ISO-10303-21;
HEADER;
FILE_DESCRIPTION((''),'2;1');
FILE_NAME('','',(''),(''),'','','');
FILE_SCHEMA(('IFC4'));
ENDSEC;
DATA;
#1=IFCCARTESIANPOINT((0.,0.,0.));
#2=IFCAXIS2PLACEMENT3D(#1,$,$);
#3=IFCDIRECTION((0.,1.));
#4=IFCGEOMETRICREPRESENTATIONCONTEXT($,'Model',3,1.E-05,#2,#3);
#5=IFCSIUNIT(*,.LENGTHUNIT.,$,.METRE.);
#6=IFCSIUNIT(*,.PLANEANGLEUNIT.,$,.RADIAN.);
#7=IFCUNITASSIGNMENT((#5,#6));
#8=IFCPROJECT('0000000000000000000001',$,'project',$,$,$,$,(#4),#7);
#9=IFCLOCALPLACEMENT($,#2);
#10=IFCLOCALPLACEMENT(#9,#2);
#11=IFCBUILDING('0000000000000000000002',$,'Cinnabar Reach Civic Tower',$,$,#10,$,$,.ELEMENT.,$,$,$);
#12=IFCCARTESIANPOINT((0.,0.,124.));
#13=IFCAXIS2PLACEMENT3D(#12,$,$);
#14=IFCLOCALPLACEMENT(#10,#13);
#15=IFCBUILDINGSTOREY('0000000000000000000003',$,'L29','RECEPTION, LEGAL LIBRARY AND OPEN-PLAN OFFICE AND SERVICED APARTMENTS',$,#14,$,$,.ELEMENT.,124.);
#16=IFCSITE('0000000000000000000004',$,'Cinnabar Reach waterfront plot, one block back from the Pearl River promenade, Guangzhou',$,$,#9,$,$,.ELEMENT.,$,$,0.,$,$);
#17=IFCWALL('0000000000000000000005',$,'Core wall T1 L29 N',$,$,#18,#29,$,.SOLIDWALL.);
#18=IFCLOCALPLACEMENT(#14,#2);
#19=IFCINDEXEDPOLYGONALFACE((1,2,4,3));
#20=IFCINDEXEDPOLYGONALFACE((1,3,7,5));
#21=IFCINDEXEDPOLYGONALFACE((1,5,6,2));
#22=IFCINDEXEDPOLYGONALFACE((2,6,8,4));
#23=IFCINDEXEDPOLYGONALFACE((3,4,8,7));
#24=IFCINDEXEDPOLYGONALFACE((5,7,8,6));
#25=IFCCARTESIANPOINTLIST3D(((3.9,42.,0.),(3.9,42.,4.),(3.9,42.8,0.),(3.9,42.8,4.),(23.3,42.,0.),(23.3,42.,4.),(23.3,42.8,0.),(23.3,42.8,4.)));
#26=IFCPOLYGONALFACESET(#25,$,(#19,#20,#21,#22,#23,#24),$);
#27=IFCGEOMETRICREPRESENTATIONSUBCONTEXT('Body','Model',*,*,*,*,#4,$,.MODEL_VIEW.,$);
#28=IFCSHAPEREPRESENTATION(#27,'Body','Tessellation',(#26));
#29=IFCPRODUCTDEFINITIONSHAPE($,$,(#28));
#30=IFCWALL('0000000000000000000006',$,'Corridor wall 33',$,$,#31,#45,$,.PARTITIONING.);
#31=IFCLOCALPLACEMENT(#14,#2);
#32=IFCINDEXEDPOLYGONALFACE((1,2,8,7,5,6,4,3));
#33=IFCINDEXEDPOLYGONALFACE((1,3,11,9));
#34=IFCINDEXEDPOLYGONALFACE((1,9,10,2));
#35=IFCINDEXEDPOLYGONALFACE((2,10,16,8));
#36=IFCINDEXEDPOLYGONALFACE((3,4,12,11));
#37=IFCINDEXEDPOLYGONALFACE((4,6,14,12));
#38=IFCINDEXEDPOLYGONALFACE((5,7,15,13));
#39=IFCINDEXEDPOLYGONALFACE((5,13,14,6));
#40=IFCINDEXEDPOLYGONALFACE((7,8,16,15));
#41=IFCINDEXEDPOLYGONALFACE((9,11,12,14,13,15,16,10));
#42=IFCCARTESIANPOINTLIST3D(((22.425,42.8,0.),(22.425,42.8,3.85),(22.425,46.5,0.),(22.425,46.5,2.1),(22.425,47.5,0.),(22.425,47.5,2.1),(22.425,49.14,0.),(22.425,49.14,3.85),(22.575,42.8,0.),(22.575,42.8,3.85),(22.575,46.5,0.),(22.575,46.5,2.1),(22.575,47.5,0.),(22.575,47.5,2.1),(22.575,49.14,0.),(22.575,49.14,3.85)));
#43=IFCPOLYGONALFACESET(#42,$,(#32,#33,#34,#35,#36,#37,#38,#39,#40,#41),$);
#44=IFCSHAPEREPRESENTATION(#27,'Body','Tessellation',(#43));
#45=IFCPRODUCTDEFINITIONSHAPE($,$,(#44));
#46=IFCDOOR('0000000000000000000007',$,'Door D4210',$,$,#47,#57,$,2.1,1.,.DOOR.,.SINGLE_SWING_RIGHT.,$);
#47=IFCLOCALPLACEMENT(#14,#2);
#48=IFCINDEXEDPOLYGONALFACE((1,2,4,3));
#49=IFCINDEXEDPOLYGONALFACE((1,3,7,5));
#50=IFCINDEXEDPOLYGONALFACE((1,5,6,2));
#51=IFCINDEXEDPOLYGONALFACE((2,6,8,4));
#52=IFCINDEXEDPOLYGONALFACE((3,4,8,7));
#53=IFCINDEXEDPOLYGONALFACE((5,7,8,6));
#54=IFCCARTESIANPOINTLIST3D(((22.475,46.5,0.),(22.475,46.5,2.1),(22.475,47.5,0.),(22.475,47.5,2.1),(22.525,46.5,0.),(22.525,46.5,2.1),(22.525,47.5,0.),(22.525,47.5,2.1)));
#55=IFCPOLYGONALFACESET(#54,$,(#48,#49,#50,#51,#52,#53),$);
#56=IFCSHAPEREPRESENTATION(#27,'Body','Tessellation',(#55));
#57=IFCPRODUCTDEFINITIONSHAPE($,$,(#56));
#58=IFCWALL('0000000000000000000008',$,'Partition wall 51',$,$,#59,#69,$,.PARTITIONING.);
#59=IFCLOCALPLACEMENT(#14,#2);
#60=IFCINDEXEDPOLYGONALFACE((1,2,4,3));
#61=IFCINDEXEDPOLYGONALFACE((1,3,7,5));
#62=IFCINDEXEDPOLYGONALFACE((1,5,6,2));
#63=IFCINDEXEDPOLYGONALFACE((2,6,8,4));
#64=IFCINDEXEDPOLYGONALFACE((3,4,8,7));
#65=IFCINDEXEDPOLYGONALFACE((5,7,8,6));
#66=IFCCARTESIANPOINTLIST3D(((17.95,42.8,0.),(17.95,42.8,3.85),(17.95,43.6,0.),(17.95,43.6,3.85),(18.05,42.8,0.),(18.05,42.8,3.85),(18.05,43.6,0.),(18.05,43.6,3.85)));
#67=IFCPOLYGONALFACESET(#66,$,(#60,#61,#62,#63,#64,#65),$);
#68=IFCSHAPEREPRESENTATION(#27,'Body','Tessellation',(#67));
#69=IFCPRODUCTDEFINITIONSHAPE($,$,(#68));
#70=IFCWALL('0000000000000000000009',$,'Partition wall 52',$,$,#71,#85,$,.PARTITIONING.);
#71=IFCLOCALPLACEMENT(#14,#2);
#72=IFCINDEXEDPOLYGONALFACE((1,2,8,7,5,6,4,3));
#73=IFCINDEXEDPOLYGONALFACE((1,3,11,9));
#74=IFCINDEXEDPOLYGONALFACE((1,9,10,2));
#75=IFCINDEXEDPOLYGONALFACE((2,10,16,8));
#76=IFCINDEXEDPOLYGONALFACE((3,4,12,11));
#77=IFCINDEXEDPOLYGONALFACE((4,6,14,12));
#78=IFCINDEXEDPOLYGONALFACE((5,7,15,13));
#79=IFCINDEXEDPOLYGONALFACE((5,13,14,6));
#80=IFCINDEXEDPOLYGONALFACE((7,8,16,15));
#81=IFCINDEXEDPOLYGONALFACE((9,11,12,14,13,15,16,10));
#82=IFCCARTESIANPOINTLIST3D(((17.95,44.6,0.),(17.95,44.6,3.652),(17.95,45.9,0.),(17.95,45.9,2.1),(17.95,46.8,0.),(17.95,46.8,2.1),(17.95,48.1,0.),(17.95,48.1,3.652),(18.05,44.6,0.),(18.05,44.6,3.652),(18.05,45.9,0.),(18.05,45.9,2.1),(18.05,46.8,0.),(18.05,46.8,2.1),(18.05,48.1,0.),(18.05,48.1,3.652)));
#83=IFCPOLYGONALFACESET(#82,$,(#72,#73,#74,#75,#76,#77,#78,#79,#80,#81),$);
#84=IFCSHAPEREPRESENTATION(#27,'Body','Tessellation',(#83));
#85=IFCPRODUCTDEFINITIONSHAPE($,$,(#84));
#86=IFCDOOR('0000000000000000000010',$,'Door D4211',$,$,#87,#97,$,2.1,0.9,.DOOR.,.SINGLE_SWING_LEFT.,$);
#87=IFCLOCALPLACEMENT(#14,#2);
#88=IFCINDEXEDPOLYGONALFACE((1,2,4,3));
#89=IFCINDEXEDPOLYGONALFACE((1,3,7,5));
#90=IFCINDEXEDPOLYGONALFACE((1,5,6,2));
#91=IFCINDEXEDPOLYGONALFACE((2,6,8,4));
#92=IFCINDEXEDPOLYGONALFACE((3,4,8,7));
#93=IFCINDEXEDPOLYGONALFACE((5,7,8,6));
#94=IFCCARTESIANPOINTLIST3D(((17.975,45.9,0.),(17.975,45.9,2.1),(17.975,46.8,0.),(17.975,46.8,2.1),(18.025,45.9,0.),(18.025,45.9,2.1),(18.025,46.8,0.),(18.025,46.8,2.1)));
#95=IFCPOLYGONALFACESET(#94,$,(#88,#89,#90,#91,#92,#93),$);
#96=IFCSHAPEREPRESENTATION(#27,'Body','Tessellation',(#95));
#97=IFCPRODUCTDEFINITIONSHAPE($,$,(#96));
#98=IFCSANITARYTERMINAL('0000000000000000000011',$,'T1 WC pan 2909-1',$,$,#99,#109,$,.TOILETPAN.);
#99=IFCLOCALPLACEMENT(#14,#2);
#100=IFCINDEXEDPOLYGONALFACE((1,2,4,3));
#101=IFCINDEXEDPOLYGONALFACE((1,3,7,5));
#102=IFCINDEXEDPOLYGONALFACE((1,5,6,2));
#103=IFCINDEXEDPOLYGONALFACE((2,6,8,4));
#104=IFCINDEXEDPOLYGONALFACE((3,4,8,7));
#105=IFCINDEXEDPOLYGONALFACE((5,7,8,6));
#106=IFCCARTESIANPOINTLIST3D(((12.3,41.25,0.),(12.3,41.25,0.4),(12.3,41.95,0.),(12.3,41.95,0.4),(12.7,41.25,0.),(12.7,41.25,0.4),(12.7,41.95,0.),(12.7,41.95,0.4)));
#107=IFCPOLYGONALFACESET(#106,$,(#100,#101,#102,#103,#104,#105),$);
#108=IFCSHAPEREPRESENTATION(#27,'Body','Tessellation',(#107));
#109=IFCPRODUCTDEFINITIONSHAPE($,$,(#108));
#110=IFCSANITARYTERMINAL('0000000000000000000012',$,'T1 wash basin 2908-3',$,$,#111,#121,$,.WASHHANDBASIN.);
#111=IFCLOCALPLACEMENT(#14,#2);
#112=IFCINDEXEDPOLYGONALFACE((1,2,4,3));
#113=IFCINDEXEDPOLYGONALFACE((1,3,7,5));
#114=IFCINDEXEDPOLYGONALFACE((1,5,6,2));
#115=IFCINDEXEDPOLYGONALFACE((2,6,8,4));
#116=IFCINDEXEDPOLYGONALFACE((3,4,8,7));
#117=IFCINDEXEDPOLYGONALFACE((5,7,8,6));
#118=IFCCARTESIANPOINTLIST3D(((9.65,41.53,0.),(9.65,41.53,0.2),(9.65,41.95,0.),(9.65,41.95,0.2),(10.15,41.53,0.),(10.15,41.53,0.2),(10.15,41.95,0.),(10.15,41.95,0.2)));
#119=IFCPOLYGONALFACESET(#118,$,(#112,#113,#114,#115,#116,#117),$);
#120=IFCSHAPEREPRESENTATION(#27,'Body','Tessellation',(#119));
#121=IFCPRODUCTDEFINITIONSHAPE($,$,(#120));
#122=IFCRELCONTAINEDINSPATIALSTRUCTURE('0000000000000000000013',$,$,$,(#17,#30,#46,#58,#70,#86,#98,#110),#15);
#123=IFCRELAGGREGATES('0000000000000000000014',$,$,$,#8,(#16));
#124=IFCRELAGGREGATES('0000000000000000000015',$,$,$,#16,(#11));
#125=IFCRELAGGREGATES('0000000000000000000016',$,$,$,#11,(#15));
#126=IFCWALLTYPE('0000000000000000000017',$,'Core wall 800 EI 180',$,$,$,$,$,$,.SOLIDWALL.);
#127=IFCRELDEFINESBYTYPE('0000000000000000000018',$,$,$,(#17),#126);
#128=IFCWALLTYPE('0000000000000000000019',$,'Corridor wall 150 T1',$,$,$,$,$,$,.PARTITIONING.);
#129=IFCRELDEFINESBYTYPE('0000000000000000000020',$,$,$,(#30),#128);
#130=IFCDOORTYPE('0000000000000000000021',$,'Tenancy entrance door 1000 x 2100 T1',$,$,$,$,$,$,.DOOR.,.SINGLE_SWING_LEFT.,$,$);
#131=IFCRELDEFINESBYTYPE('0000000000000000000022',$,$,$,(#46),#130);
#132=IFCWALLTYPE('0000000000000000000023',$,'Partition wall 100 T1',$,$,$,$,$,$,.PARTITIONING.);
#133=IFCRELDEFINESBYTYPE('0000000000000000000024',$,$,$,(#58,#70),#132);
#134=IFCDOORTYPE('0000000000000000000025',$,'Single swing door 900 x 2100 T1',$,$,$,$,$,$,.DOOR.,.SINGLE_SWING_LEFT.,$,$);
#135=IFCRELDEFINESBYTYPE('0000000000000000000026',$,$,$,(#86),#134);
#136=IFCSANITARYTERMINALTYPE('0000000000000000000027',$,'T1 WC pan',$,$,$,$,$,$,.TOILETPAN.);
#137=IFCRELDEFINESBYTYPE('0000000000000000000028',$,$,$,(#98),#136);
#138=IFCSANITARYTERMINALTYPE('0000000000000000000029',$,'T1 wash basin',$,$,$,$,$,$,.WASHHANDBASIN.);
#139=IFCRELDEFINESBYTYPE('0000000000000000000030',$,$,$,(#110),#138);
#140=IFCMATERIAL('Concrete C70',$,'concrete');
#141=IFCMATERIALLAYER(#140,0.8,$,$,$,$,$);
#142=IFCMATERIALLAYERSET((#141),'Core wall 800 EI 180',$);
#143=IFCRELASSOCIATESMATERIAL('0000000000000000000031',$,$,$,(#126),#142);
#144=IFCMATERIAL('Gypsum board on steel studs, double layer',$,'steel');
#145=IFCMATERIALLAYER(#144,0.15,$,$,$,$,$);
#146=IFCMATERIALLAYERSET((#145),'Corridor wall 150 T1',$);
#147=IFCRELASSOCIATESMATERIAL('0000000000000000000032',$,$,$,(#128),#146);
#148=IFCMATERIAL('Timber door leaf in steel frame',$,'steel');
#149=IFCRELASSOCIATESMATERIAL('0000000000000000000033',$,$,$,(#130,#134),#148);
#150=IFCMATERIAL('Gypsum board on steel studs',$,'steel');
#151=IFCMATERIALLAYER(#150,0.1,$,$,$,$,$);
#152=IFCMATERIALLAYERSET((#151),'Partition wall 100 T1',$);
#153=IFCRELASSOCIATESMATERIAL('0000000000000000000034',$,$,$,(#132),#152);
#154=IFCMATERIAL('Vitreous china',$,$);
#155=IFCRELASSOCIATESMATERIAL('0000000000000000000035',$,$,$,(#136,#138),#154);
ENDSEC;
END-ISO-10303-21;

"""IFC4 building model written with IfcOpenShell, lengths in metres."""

from ifc_helpers import new_model, si_unit, direction, frame, frame_2d, origin, origin_2d, place, context, subcontext, project, spatial, rectangle, extrude, material, layer, layer_set, type_object, element, fill, save


model = new_model("IFC4")

# Units and contexts
model_context = context("Model", 3, precision=1e-05, world=origin(), true_north=direction((0.0, 1.0)))
body_context = subcontext(model_context, "Body", "Model", "MODEL_VIEW")
ifc_project = project(units=[si_unit("LENGTHUNIT", "METRE"), si_unit("PLANEANGLEUNIT", "RADIAN")], contexts=[model_context])

# Site, building, storey
site_placement = place(None, origin())
site = spatial("IfcSite", under=ifc_project, at=site_placement, Name="Cinnabar Reach waterfront plot, one block back from the Pearl River promenade, Guangzhou", CompositionType="ELEMENT", RefElevation=0.0)
building_placement = place(site_placement, origin())
building = spatial("IfcBuilding", under=site, at=building_placement, Name="Cinnabar Reach Civic Tower", CompositionType="ELEMENT")
storey_placement = place(building_placement, frame((0.0, 0.0, 124.0)))
storey = spatial("IfcBuildingStorey", under=building, at=storey_placement, Name="L29", Description="RECEPTION, LEGAL LIBRARY AND OPEN-PLAN OFFICE AND SERVICED APARTMENTS", CompositionType="ELEMENT", Elevation=124.0)

# Shared definitions
ifc_material_1 = material(Name="Concrete C70", Category="concrete")

# Wall
ifc_layer_1 = layer(ifc_material_1, 0.8)
ifc_layer_set_1 = layer_set([ifc_layer_1], Name="Core wall 800 EI 180")
wall_type_1 = type_object("IfcWallType", Name="Core wall 800 EI 180", PredefinedType="SOLIDWALL", material=ifc_layer_set_1)
wall_1_placement = place(storey_placement, frame((23.3, 42.4, 0.0), z_axis=(0.0, 0.0, 1.0), x_axis=(-1.0, 0.0, 0.0)))
element("IfcWall", 1, at=wall_1_placement, inside=storey, type_object=wall_type_1, Name="Core wall T1 L29 N", PredefinedType="SOLIDWALL", context=body_context, shape_type="SweptSolid", body=[
    extrude(rectangle(XDim=19.4, YDim=0.8, at=frame_2d((9.7, 0.0))), origin(), (0.0, 0.0, 1.0), 4.0),
])

# Wall, opening, door
ifc_material_2 = material(Name="Gypsum board on steel studs, double layer", Category="steel")
ifc_layer_2 = layer(ifc_material_2, 0.15)
ifc_layer_set_2 = layer_set([ifc_layer_2], Name="Corridor wall 150 T1")
wall_type_2 = type_object("IfcWallType", Name="Corridor wall 150 T1", PredefinedType="PARTITIONING", material=ifc_layer_set_2)
wall_2_placement = place(storey_placement, frame((22.5, 42.8, 0.0), z_axis=(0.0, 0.0, 1.0), x_axis=(0.0, 1.0, 0.0)))
wall_2 = element("IfcWall", 2, at=wall_2_placement, inside=storey, type_object=wall_type_2, Name="Corridor wall 33", PredefinedType="PARTITIONING", context=body_context, shape_type="SweptSolid", body=[
    extrude(rectangle(XDim=6.34, YDim=0.15, at=frame_2d((3.17, 0.0))), origin(), (0.0, 0.0, 1.0), 3.85),
])
opening_1_placement = place(wall_2_placement, frame((3.7, 0.0, 0.0)))
opening_1 = element("IfcOpeningElement", 3, at=opening_1_placement, cuts=wall_2, PredefinedType="OPENING", context=body_context, shape_type="SweptSolid", body=[
    extrude(rectangle(XDim=1.0, YDim=2.1, at=frame_2d((0.5, 1.05))), frame((0.0, 0.085, 0.0), z_axis=(0.0, -1.0, 0.0), x_axis=(1.0, 0.0, 0.0)), (0.0, 0.0, 1.0), 0.17),
])
ifc_material_3 = material(Name="Timber door leaf in steel frame", Category="steel")
door_type_1 = type_object("IfcDoorType", Name="Tenancy entrance door 1000 x 2100 T1", OperationType="SINGLE_SWING_LEFT", PredefinedType="DOOR", material=ifc_material_3)
door_1_placement = place(opening_1_placement, origin())
door_1 = element("IfcDoor", 4, at=door_1_placement, inside=storey, type_object=door_type_1, Name="Door D4210", OperationType="SINGLE_SWING_RIGHT", OverallHeight=2.1, OverallWidth=1.0, PredefinedType="DOOR", context=body_context, shape_type="SweptSolid", body=[
    extrude(rectangle(XDim=1.0, YDim=2.1, at=frame_2d((0.5, 1.05))), frame((0.0, 0.025, 0.0), z_axis=(0.0, -1.0, 0.0), x_axis=(1.0, 0.0, 0.0)), (0.0, 0.0, 1.0), 0.05),
])
fill(opening_1, door_1)

# Wall
ifc_material_4 = material(Name="Gypsum board on steel studs", Category="steel")
ifc_layer_3 = layer(ifc_material_4, 0.1)
ifc_layer_set_3 = layer_set([ifc_layer_3], Name="Partition wall 100 T1")
wall_type_3 = type_object("IfcWallType", Name="Partition wall 100 T1", PredefinedType="PARTITIONING", material=ifc_layer_set_3)
wall_3_placement = place(storey_placement, frame((18.0, 42.8, 0.0), z_axis=(0.0, 0.0, 1.0), x_axis=(0.0, 1.0, 0.0)))
element("IfcWall", 5, at=wall_3_placement, inside=storey, type_object=wall_type_3, Name="Partition wall 51", PredefinedType="PARTITIONING", context=body_context, shape_type="SweptSolid", body=[
    extrude(rectangle(XDim=0.8, YDim=0.1, at=frame_2d((0.4, 0.0))), origin(), (0.0, 0.0, 1.0), 3.85),
])

# Wall, opening, door
wall_4_placement = place(storey_placement, frame((18.0, 44.6, 0.0), z_axis=(0.0, 0.0, 1.0), x_axis=(0.0, 1.0, 0.0)))
wall_4 = element("IfcWall", 6, at=wall_4_placement, inside=storey, type_object=wall_type_3, Name="Partition wall 52", PredefinedType="PARTITIONING", context=body_context, shape_type="SweptSolid", body=[
    extrude(rectangle(XDim=3.5, YDim=0.1, at=frame_2d((1.75, 0.0))), origin(), (0.0, 0.0, 1.0), 3.652),
])
opening_2_placement = place(wall_4_placement, frame((1.3, 0.0, 0.0)))
opening_2 = element("IfcOpeningElement", 7, at=opening_2_placement, cuts=wall_4, PredefinedType="OPENING", context=body_context, shape_type="SweptSolid", body=[
    extrude(rectangle(XDim=0.9, YDim=2.1, at=frame_2d((0.45, 1.05))), frame((0.0, 0.06, 0.0), z_axis=(0.0, -1.0, 0.0), x_axis=(1.0, 0.0, 0.0)), (0.0, 0.0, 1.0), 0.12),
])
door_type_2 = type_object("IfcDoorType", Name="Single swing door 900 x 2100 T1", OperationType="SINGLE_SWING_LEFT", PredefinedType="DOOR", material=ifc_material_3)
door_2_placement = place(opening_2_placement, frame((0.9, 0.0, 0.0), z_axis=(0.0, 0.0, 1.0), x_axis=(-1.0, 0.0, 0.0)))
door_2 = element("IfcDoor", 8, at=door_2_placement, inside=storey, type_object=door_type_2, Name="Door D4211", OperationType="SINGLE_SWING_LEFT", OverallHeight=2.1, OverallWidth=0.9, PredefinedType="DOOR", context=body_context, shape_type="SweptSolid", body=[
    extrude(rectangle(XDim=0.9, YDim=2.1, at=frame_2d((0.45, 1.05))), frame((0.0, 0.025, 0.0), z_axis=(0.0, -1.0, 0.0), x_axis=(1.0, 0.0, 0.0)), (0.0, 0.0, 1.0), 0.05),
])
fill(opening_2, door_2)

# Sanitary terminals
ifc_material_5 = material(Name="Vitreous china")
sanitary_terminal_type_1 = type_object("IfcSanitaryTerminalType", Name="T1 WC pan", PredefinedType="TOILETPAN", material=ifc_material_5)
sanitary_terminal_1_placement = place(storey_placement, frame((12.5, 41.6, 0.0), z_axis=(0.0, 0.0, 1.0), x_axis=(1.0, 0.0, 0.0)))
element("IfcSanitaryTerminal", 9, at=sanitary_terminal_1_placement, inside=storey, type_object=sanitary_terminal_type_1, Name="T1 WC pan 2909-1", PredefinedType="TOILETPAN", context=body_context, shape_type="SweptSolid", body=[
    extrude(rectangle(XDim=0.4, YDim=0.7, at=origin_2d()), origin(), (0.0, 0.0, 1.0), 0.4),
])
sanitary_terminal_type_2 = type_object("IfcSanitaryTerminalType", Name="T1 wash basin", PredefinedType="WASHHANDBASIN", material=ifc_material_5)
sanitary_terminal_2_placement = place(storey_placement, frame((9.9, 41.74, 0.0), z_axis=(0.0, 0.0, 1.0), x_axis=(1.0, 0.0, 0.0)))
element("IfcSanitaryTerminal", 10, at=sanitary_terminal_2_placement, inside=storey, type_object=sanitary_terminal_type_2, Name="T1 wash basin 2908-3", PredefinedType="WASHHANDBASIN", context=body_context, shape_type="SweptSolid", body=[
    extrude(rectangle(XDim=0.5, YDim=0.42, at=origin_2d()), origin(), (0.0, 0.0, 1.0), 0.2),
])

save(model, "model.ifc")
